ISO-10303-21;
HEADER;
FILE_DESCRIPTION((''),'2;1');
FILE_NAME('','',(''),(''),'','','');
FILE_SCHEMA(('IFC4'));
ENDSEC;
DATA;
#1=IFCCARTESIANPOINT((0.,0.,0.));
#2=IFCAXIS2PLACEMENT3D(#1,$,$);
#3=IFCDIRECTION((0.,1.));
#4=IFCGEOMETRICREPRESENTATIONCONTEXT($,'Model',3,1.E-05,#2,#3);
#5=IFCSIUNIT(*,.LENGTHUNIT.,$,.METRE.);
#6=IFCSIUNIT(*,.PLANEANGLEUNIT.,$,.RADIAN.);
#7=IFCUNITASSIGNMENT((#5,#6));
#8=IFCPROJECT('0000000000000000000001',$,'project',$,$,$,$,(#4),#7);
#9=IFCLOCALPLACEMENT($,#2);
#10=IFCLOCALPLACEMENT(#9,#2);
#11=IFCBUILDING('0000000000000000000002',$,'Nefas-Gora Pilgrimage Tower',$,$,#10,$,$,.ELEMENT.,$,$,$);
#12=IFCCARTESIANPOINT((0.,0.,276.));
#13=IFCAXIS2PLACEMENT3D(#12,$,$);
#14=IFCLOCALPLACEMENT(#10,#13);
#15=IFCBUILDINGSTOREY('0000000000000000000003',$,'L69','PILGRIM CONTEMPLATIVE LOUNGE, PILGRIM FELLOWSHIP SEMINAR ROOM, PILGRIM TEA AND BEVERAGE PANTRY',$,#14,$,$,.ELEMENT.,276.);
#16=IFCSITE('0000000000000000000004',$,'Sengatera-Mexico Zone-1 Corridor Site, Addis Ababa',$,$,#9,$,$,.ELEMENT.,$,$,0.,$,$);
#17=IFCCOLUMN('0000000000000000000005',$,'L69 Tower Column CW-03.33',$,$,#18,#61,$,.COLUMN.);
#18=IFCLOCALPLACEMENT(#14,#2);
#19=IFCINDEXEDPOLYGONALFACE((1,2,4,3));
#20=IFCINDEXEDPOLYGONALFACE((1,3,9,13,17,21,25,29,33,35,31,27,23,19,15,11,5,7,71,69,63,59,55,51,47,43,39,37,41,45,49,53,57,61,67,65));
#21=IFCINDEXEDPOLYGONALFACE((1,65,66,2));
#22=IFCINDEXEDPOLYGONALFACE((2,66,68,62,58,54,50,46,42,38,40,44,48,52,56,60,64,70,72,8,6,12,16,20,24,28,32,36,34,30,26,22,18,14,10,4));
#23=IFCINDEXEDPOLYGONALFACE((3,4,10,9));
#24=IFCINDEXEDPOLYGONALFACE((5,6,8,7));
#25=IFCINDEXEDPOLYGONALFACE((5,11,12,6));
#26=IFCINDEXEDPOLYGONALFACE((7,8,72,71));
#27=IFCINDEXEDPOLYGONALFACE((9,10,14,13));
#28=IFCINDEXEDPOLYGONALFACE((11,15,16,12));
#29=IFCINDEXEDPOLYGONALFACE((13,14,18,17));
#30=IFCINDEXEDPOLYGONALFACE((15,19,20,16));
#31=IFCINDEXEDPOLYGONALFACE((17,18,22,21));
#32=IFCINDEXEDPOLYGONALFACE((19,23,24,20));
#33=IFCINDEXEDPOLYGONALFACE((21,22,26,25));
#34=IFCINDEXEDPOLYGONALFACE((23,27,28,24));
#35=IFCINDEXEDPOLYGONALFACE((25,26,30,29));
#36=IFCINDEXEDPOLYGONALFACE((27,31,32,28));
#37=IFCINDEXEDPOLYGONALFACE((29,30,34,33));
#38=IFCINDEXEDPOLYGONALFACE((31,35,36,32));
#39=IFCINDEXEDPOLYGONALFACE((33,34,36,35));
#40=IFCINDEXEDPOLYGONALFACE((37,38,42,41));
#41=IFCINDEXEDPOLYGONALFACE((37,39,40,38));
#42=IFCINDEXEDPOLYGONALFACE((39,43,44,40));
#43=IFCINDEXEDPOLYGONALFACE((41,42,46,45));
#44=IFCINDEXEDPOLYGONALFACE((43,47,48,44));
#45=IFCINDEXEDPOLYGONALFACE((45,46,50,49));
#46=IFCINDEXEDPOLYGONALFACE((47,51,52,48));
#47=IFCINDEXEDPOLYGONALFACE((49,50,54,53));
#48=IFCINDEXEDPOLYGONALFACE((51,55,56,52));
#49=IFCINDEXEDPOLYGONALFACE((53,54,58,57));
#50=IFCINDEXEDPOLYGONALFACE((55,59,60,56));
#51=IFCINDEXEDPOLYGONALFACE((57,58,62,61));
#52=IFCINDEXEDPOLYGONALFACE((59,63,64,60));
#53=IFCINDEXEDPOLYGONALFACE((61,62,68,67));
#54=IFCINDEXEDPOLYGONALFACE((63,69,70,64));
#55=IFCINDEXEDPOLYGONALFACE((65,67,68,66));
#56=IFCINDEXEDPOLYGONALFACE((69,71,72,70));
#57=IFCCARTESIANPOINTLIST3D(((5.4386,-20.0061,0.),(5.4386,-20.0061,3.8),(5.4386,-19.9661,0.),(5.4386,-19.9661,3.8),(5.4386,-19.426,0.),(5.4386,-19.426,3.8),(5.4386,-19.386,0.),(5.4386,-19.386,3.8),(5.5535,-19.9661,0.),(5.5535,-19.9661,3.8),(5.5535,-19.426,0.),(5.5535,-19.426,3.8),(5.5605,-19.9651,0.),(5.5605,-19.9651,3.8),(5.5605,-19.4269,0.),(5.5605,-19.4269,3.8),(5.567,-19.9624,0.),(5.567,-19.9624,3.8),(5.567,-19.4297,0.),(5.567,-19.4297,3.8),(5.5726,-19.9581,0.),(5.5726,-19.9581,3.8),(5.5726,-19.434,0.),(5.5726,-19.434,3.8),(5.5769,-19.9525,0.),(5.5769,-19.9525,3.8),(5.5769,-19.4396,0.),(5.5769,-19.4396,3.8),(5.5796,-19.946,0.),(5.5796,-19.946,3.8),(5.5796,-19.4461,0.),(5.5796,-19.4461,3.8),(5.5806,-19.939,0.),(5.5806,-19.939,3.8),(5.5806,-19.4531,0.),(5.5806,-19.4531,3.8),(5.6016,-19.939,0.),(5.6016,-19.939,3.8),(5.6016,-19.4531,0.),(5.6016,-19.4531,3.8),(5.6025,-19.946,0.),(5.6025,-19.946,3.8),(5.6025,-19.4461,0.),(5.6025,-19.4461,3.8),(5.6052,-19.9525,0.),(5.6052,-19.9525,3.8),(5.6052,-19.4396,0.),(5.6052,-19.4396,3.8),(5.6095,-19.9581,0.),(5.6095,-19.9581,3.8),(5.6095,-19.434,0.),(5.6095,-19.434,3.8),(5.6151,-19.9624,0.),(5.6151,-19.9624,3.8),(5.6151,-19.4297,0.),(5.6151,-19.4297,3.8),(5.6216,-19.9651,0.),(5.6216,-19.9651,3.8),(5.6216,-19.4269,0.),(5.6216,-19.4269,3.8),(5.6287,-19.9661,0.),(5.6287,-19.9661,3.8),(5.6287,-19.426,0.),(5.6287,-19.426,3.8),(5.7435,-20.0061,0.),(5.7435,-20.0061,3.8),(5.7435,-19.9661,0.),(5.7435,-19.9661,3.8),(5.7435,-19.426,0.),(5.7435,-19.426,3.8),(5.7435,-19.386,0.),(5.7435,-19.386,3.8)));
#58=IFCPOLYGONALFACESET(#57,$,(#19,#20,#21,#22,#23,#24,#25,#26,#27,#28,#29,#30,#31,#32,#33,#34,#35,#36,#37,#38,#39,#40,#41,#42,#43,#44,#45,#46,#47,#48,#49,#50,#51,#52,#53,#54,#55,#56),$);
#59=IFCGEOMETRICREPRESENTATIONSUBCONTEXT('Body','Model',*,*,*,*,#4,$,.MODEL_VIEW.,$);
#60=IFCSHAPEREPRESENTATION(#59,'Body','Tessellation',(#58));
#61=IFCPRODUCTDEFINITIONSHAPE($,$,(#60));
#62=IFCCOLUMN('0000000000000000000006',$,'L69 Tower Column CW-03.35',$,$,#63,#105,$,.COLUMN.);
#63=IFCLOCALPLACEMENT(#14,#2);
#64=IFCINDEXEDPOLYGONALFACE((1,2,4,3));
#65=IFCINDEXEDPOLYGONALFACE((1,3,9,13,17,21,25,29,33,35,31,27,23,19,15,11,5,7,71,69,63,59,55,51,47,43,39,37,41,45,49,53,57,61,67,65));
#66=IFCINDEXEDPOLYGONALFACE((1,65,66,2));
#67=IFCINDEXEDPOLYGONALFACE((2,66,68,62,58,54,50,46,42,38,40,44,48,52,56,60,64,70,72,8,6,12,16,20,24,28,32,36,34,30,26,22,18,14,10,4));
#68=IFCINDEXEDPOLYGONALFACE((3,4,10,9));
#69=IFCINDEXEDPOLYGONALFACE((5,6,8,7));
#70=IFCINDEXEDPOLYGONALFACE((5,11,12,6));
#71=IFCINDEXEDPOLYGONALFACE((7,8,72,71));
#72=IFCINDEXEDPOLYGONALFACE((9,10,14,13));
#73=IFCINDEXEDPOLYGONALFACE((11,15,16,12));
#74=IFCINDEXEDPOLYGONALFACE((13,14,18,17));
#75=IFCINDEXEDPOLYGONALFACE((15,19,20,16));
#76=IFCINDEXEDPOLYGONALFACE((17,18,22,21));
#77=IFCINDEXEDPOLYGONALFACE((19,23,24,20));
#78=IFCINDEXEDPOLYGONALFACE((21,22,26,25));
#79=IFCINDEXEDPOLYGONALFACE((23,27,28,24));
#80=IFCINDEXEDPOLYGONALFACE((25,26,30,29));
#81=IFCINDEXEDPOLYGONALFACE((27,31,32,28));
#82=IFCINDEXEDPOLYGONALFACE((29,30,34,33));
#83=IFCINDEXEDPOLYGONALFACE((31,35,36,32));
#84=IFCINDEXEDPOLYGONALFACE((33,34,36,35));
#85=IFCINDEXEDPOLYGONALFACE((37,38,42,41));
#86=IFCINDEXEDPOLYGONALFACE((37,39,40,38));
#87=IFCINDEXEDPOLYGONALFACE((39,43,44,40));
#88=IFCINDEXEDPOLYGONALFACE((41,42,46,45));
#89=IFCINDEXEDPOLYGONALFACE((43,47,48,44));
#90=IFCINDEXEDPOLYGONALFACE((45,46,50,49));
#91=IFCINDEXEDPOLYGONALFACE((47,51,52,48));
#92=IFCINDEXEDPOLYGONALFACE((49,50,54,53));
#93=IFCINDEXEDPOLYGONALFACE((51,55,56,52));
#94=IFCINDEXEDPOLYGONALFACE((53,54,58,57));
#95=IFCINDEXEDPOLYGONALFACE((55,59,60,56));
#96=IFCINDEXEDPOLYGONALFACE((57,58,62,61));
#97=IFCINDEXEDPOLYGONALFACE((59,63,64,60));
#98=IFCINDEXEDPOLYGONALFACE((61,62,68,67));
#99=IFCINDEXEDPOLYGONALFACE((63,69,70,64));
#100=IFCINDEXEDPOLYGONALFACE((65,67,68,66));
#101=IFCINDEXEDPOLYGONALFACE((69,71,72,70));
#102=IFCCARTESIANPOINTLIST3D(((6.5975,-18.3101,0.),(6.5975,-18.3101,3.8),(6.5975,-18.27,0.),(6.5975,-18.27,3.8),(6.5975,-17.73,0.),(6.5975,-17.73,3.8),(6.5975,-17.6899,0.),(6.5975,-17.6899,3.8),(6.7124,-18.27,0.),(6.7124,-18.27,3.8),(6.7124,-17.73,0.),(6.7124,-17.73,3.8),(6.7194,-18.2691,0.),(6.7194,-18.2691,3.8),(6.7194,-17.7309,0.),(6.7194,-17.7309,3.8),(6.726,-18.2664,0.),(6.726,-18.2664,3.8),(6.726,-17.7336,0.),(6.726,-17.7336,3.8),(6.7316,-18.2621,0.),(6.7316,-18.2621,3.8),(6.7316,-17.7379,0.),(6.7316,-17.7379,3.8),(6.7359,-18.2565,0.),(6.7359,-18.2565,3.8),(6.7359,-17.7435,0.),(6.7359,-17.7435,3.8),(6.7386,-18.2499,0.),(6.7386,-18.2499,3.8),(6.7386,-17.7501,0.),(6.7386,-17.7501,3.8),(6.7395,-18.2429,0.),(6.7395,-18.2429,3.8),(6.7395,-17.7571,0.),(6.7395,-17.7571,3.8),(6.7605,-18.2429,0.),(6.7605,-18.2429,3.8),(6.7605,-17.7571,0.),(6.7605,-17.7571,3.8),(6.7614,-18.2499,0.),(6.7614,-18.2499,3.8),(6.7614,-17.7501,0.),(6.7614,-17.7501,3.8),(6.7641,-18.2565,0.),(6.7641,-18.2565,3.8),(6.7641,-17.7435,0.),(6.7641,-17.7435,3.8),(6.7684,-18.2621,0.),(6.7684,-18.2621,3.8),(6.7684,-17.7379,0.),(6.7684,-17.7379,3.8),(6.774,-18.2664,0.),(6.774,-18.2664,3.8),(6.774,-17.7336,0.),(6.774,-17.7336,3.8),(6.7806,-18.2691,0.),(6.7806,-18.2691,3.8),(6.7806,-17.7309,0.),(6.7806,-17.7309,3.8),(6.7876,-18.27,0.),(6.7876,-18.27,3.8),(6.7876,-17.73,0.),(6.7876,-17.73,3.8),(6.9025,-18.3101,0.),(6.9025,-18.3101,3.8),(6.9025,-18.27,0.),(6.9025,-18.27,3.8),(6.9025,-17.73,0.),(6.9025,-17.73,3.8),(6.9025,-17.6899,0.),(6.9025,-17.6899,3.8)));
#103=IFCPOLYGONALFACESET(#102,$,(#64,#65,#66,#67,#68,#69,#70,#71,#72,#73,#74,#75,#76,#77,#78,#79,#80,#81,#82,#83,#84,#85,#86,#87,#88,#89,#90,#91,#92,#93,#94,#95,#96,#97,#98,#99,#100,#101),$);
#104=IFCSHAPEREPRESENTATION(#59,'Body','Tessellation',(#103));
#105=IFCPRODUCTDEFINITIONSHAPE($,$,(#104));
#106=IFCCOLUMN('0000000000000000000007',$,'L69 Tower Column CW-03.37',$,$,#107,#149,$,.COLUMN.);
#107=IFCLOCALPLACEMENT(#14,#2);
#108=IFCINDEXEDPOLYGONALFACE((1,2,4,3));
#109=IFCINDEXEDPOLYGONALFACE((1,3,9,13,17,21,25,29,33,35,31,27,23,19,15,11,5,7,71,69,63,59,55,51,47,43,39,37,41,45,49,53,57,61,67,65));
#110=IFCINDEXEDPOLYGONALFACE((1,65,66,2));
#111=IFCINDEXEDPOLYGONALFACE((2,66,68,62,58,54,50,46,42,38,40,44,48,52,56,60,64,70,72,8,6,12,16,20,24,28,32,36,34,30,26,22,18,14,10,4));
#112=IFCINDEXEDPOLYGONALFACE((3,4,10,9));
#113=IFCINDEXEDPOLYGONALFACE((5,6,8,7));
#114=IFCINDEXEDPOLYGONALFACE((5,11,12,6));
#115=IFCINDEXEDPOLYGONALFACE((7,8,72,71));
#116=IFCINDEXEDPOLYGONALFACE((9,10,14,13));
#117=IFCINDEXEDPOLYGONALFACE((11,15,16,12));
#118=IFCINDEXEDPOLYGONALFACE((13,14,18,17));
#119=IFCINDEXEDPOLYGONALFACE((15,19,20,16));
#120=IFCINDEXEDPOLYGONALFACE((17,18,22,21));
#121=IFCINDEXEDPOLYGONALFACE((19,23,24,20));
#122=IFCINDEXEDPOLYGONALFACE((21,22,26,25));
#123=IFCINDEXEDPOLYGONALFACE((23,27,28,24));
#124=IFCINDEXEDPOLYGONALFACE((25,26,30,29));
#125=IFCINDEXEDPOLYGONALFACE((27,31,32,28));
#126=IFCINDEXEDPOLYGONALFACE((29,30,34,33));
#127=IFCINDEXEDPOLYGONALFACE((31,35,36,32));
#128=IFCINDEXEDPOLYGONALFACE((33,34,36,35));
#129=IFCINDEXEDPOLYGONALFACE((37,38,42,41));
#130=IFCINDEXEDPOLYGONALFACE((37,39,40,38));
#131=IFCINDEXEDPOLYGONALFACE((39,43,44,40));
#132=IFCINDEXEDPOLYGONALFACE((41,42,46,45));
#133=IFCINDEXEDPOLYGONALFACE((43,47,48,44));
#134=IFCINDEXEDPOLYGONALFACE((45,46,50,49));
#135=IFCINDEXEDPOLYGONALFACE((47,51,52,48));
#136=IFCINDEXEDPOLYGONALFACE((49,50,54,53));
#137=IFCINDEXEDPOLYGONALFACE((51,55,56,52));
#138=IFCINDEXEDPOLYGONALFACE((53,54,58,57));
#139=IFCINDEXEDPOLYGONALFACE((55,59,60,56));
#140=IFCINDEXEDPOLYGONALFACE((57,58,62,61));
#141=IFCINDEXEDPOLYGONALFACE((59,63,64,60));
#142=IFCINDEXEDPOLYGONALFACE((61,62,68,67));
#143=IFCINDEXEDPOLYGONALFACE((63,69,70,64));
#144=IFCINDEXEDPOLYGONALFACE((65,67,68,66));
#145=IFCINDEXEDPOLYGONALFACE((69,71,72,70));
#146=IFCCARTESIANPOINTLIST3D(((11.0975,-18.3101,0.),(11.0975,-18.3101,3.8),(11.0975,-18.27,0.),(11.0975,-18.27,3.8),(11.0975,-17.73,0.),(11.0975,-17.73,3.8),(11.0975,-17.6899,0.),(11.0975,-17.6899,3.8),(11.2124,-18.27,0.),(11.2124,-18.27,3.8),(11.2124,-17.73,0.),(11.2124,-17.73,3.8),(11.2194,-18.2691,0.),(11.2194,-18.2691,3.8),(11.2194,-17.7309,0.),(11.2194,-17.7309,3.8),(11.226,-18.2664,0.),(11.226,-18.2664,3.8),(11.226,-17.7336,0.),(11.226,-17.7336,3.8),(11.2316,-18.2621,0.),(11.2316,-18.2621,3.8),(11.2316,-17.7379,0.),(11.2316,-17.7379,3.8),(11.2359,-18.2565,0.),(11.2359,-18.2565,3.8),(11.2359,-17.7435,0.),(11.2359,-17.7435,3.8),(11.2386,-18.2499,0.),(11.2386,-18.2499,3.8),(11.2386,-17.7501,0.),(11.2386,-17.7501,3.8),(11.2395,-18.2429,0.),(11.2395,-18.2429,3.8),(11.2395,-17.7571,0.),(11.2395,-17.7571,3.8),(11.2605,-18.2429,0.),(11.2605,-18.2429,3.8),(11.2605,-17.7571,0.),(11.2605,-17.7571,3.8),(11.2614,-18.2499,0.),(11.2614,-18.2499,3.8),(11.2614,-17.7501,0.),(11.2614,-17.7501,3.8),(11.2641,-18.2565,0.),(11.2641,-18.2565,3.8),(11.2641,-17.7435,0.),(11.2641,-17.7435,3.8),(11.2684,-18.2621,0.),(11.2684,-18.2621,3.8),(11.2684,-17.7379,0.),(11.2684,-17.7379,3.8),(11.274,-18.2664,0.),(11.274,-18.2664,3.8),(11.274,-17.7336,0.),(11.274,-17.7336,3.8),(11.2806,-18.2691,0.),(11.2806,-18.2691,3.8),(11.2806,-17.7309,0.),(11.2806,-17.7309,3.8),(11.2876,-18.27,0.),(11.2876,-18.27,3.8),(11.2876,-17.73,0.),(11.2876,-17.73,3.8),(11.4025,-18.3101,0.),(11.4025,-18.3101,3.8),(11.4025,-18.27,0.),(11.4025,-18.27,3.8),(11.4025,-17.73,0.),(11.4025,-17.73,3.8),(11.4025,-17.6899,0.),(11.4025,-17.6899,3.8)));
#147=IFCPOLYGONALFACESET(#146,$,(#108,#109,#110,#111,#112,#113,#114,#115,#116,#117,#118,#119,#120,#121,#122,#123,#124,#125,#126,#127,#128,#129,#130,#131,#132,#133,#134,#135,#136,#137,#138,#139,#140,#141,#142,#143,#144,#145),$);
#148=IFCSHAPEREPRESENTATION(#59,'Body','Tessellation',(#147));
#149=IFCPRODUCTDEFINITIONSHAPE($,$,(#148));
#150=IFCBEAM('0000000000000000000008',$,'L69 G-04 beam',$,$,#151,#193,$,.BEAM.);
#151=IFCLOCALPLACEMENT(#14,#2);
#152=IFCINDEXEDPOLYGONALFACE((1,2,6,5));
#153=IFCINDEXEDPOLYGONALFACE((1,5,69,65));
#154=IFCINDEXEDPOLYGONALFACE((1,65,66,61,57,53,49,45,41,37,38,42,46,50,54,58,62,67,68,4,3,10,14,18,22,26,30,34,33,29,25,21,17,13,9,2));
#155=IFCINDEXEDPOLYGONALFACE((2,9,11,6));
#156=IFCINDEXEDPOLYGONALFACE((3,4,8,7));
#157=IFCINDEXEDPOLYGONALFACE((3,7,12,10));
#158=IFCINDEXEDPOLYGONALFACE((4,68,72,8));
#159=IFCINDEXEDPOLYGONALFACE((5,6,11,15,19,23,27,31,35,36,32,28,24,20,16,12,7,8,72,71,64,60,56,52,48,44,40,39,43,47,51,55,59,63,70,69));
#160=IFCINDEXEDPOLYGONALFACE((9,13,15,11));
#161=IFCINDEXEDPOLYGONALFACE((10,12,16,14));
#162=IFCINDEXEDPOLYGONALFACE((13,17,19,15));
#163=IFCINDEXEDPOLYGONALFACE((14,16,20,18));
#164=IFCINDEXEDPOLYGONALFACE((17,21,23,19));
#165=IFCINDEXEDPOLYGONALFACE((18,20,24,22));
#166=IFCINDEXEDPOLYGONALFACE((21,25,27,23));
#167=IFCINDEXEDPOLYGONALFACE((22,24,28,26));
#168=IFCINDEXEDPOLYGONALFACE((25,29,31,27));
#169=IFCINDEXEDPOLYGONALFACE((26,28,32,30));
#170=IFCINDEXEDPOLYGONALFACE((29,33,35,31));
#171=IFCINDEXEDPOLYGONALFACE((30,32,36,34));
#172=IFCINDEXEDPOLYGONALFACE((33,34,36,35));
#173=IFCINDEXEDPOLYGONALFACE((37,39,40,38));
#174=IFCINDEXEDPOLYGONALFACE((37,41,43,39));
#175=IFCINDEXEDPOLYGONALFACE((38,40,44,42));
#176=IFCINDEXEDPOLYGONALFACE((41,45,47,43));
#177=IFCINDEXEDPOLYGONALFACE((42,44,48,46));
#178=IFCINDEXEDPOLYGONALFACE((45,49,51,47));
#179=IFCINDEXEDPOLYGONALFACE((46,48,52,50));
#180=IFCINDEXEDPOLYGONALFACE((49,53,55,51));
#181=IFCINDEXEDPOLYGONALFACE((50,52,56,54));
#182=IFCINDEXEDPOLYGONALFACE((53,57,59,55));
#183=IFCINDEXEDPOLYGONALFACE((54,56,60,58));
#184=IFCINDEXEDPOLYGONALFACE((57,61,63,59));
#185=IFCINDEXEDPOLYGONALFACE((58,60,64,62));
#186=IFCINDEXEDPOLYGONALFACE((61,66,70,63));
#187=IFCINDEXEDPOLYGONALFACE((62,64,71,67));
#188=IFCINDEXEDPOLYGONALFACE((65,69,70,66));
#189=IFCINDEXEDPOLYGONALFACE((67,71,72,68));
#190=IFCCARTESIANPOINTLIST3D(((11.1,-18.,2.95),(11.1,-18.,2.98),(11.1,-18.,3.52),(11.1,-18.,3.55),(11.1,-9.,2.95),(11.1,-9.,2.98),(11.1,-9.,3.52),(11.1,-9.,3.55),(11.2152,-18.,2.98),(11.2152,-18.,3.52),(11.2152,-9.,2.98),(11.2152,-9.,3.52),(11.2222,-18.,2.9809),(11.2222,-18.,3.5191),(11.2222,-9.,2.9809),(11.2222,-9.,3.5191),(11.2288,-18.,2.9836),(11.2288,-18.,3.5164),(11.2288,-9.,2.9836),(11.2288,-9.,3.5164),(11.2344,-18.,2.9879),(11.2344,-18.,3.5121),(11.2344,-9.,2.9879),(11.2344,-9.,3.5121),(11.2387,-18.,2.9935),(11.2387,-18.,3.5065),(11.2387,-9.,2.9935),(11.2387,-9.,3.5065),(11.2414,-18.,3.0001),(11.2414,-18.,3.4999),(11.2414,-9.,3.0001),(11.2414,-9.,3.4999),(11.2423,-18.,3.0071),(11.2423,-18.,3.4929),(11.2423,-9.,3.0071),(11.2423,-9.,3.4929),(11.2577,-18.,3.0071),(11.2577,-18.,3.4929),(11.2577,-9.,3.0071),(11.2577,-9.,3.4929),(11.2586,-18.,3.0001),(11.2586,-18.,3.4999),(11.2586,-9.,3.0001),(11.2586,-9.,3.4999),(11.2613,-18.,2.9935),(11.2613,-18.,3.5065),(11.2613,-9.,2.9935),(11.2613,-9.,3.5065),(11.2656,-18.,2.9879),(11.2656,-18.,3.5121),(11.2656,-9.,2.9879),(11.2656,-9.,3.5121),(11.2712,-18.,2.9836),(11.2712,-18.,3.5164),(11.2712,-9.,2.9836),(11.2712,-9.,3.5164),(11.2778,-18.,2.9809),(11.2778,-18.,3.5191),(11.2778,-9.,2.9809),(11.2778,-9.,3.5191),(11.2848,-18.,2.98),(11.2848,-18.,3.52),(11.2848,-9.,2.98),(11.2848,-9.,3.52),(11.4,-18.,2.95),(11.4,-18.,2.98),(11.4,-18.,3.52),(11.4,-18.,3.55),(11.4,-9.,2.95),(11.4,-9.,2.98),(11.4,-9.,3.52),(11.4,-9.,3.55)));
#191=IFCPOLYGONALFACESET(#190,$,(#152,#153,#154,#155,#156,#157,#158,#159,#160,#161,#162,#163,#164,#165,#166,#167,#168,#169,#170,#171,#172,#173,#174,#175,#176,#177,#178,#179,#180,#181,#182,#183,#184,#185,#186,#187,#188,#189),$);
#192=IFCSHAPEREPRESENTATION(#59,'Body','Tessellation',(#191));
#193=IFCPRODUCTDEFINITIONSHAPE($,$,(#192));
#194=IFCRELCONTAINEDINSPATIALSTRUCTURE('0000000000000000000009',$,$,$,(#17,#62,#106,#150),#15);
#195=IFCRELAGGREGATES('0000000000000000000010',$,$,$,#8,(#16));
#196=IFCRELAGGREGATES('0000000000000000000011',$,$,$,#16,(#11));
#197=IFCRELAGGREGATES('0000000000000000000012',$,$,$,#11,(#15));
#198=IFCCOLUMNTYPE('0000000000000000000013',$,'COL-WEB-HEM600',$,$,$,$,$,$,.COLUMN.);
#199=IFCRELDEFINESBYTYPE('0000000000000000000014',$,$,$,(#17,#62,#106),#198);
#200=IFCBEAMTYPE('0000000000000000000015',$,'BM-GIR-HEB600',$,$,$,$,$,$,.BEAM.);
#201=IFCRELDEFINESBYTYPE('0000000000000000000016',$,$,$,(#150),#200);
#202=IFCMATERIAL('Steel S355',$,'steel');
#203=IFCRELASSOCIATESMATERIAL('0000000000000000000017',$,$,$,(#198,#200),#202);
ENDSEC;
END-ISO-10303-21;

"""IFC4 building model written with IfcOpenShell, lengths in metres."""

from ifc_helpers import new_model, si_unit, direction, frame, origin, origin_2d, place, context, subcontext, project, spatial, i_section, extrude, source, transform, mapped, material, material_profile, profile_set, type_object, element, save


model = new_model("IFC4")

# Units and contexts
model_context = context("Model", 3, precision=1e-05, world=origin(), true_north=direction((0.0, 1.0)))
body_context = subcontext(model_context, "Body", "Model", "MODEL_VIEW")
ifc_project = project(units=[si_unit("LENGTHUNIT", "METRE"), si_unit("PLANEANGLEUNIT", "RADIAN")], contexts=[model_context])

# Site, building, storey
site_placement = place(None, origin())
site = spatial("IfcSite", under=ifc_project, at=site_placement, Name="Sengatera-Mexico Zone-1 Corridor Site, Addis Ababa", CompositionType="ELEMENT", RefElevation=0.0)
building_placement = place(site_placement, origin())
building = spatial("IfcBuilding", under=site, at=building_placement, Name="Nefas-Gora Pilgrimage Tower", CompositionType="ELEMENT")
storey_placement = place(building_placement, frame((0.0, 0.0, 276.0)))
storey = spatial("IfcBuildingStorey", under=building, at=storey_placement, Name="L69", Description="PILGRIM CONTEMPLATIVE LOUNGE, PILGRIM FELLOWSHIP SEMINAR ROOM, PILGRIM TEA AND BEVERAGE PANTRY", CompositionType="ELEMENT", Elevation=276.0)

# Columns
ifc_material_1 = material(Name="Steel S355", Category="steel")
ifc_material_profile_1 = material_profile(ifc_material_1, i_section(OverallWidth=0.3049, OverallDepth=0.6201, WebThickness=0.021, FlangeThickness=0.04, FilletRadius=0.0271, at=origin_2d()), Name="HEM 600")
ifc_profile_set_1 = profile_set([ifc_material_profile_1], Name="Steel S355")
column_type_1 = type_object("IfcColumnType", Name="COL-WEB-HEM600", PredefinedType="COLUMN", material=ifc_profile_set_1)
shared_shape_1 = source(origin(), body_context, "Body", "SweptSolid", [
    extrude(i_section(OverallWidth=0.3049, OverallDepth=0.6201, WebThickness=0.021, FlangeThickness=0.04, FilletRadius=0.0271, at=origin_2d()), origin(), (0.0, 0.0, 1.0), 3.8),
])
for number, where, z_axis, x_axis, name in (
    (1, (5.5911, -19.696, 0.0), (0.0, 0.0, 1.0), (1.0, 0.0, 0.0), "L69 Tower Column CW-03.33"),
    (2, (6.75, -18.0, 0.0), (0.0, 0.0, 1.0), (1.0, 0.0, 0.0), "L69 Tower Column CW-03.35"),
    (3, (11.25, -18.0, 0.0), (0.0, 0.0, 1.0), (1.0, 0.0, 0.0), "L69 Tower Column CW-03.37"),
):
    element("IfcColumn", number, at=place(storey_placement, frame(where, z_axis=z_axis, x_axis=x_axis)), inside=storey, type_object=column_type_1, Name=name, PredefinedType="COLUMN", context=body_context, shape_type="MappedRepresentation", body=[
        mapped(shared_shape_1, transform((0.0, 0.0, 0.0), x_axis=(1.0, 0.0, 0.0), y_axis=(0.0, 1.0, 0.0), z_axis=(0.0, 0.0, 1.0), scale=1.0)),
    ])

# Beam
ifc_material_profile_2 = material_profile(ifc_material_1, i_section(OverallWidth=0.3, OverallDepth=0.6001, WebThickness=0.0154, FlangeThickness=0.03, FilletRadius=0.0271, at=origin_2d()), Name="HEB 600")
ifc_profile_set_2 = profile_set([ifc_material_profile_2], Name="Steel S355")
beam_type = type_object("IfcBeamType", Name="BM-GIR-HEB600", PredefinedType="BEAM", material=ifc_profile_set_2)
shared_shape_2 = source(origin(), body_context, "Body", "SweptSolid", [
    extrude(i_section(OverallWidth=0.3, OverallDepth=0.6001, WebThickness=0.0154, FlangeThickness=0.03, FilletRadius=0.0271, at=origin_2d()), origin(), (0.0, 0.0, 1.0), 9.0),
])
beam_placement = place(storey_placement, frame((11.25, -18.0, 3.25), z_axis=(0.0, 1.0, 0.0), x_axis=(-1.0, 0.0, 0.0)))
element("IfcBeam", 4, at=beam_placement, inside=storey, type_object=beam_type, Name="L69 G-04 beam", PredefinedType="BEAM", context=body_context, shape_type="MappedRepresentation", body=[
    mapped(shared_shape_2, transform((0.0, 0.0, 0.0), x_axis=(1.0, 0.0, 0.0), y_axis=(0.0, 1.0, 0.0), z_axis=(0.0, 0.0, 1.0), scale=1.0)),
])

save(model, "model.ifc")
